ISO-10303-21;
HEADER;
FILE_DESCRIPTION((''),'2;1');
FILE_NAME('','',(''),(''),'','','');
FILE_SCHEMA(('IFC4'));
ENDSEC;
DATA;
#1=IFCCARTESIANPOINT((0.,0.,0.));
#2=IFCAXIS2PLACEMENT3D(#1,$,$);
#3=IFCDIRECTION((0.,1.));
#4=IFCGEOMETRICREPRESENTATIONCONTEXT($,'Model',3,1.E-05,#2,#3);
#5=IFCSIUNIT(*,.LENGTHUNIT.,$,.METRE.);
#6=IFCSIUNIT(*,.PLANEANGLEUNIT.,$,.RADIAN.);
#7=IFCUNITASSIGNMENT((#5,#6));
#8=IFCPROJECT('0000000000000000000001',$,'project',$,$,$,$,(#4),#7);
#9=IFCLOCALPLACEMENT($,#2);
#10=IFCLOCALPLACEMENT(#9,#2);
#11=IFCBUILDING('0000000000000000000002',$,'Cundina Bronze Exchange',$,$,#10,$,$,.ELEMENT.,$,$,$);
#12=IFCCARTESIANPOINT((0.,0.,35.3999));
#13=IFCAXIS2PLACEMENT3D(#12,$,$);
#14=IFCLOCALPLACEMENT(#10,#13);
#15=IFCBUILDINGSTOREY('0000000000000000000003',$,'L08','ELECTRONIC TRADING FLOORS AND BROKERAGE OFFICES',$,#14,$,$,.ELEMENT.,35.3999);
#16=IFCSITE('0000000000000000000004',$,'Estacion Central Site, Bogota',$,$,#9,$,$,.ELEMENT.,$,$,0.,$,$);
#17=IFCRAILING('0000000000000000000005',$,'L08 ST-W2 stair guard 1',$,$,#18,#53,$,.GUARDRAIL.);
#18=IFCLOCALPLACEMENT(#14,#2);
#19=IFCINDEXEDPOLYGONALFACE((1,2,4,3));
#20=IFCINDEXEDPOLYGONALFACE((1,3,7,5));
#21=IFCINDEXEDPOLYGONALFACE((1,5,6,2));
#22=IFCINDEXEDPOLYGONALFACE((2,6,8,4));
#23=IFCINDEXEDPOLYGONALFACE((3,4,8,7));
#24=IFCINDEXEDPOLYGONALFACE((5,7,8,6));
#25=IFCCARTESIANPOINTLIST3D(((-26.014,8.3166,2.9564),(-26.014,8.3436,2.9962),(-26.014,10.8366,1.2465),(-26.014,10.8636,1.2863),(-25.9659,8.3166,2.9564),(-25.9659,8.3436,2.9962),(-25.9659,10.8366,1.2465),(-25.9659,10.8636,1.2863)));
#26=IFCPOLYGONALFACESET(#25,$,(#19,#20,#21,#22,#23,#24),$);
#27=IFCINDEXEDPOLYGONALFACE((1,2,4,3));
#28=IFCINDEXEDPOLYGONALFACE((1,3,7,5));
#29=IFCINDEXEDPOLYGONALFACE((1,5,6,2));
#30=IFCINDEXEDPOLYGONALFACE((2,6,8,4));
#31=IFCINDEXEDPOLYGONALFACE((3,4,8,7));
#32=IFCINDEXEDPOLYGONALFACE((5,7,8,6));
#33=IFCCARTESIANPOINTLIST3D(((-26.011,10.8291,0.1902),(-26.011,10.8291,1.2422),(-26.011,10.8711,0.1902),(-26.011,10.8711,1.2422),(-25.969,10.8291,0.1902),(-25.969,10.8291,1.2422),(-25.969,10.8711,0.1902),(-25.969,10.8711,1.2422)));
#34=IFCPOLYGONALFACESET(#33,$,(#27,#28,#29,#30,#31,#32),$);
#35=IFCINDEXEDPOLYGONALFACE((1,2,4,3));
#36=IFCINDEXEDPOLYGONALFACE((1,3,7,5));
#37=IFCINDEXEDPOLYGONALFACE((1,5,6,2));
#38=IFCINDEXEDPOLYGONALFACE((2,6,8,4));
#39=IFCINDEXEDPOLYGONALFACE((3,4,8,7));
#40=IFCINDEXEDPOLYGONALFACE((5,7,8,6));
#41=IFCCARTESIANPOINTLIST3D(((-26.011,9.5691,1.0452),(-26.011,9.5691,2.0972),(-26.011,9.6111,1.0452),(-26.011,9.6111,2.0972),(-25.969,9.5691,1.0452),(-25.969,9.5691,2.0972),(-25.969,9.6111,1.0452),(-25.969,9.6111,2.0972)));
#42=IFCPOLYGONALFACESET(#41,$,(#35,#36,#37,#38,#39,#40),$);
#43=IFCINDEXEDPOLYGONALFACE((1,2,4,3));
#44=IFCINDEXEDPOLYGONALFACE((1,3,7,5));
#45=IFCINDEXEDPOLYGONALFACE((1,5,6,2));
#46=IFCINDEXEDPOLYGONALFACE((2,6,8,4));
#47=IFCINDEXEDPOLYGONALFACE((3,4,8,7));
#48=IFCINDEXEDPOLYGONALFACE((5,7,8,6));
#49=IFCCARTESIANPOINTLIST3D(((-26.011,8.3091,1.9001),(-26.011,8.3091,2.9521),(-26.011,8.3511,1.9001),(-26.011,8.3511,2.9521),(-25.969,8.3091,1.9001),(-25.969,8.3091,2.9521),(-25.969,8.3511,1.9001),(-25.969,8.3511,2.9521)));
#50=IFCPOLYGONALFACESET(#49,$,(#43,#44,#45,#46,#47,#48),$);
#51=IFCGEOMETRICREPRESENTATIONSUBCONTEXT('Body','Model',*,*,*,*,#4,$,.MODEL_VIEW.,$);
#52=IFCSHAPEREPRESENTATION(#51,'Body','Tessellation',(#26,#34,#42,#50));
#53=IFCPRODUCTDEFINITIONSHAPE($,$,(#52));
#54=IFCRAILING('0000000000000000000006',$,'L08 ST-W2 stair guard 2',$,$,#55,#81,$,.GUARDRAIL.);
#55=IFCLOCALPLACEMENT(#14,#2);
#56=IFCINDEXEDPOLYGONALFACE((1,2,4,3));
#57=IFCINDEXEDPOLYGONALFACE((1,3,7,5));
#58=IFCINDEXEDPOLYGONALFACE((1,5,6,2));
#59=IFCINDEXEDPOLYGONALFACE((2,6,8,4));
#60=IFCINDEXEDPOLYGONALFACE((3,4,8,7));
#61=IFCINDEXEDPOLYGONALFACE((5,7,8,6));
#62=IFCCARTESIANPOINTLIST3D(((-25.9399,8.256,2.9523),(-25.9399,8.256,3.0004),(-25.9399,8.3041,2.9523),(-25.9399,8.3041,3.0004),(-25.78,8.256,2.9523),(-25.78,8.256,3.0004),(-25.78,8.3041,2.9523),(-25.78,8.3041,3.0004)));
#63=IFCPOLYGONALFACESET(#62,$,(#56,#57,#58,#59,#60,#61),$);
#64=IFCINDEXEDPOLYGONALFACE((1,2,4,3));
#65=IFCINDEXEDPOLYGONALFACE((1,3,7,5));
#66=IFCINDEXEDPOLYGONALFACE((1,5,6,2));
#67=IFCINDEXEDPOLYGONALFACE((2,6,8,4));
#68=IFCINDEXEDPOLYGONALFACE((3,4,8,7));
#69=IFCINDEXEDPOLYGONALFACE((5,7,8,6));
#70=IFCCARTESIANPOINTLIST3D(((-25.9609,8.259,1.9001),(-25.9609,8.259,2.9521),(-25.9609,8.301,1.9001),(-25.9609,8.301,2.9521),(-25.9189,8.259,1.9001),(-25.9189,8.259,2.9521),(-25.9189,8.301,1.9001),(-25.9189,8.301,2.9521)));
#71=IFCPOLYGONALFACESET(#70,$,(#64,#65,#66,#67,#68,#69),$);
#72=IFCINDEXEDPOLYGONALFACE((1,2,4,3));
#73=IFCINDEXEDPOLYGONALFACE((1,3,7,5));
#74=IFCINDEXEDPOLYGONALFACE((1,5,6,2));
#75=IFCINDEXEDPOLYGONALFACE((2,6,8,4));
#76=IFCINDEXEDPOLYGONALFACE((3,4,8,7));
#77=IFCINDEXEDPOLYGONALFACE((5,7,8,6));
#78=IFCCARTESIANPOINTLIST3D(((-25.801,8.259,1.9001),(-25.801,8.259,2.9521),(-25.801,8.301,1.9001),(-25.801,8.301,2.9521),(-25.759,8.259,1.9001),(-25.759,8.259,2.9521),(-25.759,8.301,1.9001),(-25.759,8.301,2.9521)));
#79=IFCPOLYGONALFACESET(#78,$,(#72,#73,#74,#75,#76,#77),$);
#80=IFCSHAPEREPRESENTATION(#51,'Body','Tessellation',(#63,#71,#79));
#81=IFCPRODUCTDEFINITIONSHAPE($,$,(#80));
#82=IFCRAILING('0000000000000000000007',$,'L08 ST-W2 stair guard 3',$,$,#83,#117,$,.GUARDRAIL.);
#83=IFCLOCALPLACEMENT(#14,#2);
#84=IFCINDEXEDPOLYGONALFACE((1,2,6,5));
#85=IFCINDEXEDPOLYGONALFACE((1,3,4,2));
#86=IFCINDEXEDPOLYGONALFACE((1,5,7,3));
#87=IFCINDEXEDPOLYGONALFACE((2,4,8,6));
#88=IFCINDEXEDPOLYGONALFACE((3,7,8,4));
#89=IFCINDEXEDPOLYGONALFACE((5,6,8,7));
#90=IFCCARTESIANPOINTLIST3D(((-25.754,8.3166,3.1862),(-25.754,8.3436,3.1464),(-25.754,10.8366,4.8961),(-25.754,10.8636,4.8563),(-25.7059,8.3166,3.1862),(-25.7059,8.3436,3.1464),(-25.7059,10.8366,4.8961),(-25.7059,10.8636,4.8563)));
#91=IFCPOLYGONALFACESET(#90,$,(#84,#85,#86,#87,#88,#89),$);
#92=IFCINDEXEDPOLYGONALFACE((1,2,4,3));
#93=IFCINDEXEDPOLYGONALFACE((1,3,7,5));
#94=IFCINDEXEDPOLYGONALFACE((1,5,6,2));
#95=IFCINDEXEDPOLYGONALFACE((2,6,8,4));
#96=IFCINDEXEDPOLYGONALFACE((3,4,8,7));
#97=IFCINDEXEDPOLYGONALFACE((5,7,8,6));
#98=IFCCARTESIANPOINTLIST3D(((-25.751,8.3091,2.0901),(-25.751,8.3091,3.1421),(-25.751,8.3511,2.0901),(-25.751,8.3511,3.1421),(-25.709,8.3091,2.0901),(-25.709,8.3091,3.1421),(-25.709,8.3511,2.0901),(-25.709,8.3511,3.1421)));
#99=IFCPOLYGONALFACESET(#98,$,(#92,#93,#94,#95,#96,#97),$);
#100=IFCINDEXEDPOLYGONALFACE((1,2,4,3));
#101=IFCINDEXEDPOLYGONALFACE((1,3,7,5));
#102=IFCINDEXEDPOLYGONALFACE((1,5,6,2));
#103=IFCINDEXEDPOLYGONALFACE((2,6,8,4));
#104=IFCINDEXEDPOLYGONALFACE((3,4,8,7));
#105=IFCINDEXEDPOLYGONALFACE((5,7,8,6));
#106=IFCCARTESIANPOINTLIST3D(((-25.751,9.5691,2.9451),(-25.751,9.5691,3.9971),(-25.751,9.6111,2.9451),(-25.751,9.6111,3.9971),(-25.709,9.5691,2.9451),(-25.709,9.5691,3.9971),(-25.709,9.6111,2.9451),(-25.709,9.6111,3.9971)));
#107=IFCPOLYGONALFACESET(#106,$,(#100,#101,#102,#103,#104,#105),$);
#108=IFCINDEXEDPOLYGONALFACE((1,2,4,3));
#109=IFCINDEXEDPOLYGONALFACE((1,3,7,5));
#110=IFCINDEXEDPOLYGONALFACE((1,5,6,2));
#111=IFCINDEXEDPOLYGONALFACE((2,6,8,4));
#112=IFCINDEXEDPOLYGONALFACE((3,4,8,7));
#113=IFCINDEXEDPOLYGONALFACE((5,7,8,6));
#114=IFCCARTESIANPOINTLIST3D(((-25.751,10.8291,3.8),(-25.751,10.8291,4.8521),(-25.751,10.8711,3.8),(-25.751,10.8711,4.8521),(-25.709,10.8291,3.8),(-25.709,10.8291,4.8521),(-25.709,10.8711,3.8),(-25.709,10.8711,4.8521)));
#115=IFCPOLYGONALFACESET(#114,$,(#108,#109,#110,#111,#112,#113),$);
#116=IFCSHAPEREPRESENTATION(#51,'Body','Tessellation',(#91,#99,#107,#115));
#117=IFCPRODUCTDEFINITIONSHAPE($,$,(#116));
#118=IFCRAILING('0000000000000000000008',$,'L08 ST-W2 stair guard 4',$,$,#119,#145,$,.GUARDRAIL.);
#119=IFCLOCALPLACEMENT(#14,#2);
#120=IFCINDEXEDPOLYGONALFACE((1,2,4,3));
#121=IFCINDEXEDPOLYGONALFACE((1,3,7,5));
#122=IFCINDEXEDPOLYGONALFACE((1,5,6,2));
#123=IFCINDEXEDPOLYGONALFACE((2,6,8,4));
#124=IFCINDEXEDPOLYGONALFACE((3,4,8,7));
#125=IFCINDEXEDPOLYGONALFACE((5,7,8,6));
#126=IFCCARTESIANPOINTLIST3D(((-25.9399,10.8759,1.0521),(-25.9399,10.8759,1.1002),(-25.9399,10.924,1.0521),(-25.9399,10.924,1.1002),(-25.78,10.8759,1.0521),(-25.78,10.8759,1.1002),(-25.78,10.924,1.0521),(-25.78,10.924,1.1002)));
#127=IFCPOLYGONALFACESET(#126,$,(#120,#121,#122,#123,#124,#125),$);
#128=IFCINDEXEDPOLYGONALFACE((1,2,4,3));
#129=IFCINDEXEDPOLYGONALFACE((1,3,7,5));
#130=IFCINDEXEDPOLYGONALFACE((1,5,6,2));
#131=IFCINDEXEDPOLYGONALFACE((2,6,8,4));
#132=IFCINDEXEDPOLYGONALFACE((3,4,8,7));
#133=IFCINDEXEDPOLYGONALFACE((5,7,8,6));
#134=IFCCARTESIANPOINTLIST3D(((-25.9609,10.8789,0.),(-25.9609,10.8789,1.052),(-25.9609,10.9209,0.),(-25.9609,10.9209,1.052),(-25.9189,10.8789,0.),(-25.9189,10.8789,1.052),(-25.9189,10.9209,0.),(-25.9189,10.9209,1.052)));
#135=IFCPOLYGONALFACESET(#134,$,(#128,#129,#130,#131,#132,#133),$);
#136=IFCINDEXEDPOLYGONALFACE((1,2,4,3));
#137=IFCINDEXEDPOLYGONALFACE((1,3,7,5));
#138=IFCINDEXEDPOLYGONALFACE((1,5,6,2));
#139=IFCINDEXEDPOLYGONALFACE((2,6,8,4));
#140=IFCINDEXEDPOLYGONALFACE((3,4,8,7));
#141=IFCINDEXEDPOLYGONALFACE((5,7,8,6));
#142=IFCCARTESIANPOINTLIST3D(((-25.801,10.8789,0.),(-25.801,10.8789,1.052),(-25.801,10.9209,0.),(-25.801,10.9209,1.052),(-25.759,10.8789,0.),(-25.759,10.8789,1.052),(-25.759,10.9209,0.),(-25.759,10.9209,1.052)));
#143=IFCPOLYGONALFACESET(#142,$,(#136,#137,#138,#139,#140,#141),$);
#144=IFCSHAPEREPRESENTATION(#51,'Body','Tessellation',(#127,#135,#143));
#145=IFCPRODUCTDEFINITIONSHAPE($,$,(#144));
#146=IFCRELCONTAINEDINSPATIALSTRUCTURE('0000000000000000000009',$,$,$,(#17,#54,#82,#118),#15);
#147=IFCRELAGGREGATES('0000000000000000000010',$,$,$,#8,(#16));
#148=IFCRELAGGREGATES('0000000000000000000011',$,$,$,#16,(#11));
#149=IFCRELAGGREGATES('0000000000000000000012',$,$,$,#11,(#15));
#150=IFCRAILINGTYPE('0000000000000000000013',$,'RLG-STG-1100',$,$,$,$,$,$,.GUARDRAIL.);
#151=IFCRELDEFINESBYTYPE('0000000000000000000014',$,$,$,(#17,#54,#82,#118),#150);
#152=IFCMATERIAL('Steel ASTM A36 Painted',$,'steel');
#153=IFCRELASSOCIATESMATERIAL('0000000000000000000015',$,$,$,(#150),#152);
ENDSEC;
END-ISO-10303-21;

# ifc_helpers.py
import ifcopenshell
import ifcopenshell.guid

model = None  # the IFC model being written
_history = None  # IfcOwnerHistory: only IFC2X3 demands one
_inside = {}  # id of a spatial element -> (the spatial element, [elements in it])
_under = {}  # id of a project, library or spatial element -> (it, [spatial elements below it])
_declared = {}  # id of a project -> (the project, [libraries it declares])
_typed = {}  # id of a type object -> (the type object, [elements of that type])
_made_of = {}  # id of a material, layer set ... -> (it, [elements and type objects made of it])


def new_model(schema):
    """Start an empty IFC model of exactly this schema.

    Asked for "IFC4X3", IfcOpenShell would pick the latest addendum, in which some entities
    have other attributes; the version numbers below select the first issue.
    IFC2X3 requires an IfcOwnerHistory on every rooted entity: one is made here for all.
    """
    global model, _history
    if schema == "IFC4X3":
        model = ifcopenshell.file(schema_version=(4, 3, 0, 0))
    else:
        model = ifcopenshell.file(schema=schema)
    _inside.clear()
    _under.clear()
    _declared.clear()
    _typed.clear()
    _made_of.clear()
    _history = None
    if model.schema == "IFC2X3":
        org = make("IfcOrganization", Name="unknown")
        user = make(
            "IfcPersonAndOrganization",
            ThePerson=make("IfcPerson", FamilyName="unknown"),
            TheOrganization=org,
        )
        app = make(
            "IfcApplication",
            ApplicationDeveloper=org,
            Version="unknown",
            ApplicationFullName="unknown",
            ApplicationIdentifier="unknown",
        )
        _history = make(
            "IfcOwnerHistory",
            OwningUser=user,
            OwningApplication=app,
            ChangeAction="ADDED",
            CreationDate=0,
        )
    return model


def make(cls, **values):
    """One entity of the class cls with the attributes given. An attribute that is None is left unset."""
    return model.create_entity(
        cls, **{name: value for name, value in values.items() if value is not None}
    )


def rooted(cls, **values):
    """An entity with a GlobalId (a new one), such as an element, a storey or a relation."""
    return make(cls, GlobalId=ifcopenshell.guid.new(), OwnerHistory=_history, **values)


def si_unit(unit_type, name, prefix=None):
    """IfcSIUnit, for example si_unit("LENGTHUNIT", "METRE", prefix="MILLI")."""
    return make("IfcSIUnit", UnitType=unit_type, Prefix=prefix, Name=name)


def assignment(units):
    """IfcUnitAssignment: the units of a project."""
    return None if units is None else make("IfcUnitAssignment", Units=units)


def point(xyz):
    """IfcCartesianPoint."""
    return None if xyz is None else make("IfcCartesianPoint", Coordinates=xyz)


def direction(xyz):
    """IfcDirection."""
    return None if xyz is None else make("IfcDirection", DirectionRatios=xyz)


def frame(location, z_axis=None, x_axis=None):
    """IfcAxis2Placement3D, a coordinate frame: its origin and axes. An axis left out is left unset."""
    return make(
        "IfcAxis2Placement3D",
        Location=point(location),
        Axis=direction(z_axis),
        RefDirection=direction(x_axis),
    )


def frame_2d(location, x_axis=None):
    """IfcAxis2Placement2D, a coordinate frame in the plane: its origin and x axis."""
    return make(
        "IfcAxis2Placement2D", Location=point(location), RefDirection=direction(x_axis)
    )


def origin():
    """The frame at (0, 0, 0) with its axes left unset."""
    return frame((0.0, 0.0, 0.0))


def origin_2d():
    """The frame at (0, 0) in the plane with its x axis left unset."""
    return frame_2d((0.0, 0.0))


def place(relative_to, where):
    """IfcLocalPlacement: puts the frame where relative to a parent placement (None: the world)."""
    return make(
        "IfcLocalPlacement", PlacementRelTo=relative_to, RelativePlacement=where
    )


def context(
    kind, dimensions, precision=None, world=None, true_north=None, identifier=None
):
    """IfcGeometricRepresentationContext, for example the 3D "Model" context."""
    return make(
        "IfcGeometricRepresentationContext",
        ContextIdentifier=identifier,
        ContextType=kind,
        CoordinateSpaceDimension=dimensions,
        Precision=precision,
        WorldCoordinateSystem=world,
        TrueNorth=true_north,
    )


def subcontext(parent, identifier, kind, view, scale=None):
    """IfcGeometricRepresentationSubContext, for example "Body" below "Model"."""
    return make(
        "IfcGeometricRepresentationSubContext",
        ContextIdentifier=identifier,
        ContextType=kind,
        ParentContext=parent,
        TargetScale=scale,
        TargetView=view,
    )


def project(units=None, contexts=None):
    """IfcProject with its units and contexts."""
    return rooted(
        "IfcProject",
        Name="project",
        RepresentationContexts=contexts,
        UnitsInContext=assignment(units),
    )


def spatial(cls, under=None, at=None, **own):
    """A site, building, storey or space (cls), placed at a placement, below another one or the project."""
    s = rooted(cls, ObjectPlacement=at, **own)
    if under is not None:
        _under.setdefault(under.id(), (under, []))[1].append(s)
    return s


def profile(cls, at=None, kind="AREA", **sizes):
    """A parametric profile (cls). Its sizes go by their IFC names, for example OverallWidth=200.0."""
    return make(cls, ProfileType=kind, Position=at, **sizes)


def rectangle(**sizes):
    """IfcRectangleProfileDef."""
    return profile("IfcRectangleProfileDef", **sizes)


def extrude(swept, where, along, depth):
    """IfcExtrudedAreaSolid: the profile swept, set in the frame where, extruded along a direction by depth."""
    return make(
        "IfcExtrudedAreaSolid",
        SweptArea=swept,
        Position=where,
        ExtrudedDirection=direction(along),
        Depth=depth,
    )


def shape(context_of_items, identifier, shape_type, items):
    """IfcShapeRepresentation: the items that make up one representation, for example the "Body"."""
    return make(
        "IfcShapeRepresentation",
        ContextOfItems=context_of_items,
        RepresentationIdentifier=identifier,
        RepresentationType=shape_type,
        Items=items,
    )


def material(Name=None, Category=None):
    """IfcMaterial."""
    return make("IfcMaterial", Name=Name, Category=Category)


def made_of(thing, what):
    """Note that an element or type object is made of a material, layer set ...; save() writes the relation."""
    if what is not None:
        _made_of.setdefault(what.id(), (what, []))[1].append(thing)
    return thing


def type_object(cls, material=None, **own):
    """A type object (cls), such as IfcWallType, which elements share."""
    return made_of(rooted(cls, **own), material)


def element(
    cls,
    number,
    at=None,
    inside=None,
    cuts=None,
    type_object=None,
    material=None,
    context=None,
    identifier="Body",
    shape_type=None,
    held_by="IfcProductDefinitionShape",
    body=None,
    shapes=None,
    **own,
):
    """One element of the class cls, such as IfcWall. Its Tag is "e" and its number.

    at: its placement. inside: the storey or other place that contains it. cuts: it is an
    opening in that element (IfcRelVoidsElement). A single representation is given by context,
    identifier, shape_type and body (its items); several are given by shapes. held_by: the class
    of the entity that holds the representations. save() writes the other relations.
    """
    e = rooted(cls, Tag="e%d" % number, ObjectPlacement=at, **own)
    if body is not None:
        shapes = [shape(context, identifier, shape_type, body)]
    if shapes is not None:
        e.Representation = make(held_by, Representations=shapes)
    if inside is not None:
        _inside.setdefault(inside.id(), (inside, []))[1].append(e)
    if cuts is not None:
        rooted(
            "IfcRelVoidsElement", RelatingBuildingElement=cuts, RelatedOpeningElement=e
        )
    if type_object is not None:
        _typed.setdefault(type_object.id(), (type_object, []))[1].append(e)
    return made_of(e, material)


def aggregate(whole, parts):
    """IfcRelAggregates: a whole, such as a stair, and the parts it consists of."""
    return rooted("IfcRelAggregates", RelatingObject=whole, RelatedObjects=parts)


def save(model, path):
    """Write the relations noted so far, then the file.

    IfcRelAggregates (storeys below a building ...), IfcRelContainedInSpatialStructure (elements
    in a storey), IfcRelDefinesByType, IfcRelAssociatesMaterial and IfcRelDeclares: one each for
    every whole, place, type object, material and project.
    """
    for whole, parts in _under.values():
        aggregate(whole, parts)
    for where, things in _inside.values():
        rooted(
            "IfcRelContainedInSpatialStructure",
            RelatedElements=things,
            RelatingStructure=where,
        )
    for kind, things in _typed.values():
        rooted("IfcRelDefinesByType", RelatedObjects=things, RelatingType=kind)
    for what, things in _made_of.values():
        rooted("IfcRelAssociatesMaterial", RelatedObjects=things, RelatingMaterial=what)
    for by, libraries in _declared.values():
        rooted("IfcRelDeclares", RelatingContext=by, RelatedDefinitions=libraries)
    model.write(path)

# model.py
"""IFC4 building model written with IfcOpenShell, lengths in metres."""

from ifc_helpers import new_model, si_unit, direction, frame, origin, origin_2d, place, context, subcontext, project, spatial, rectangle, extrude, material, type_object, element, save


model = new_model("IFC4")

# Units and contexts
model_context = context("Model", 3, precision=1e-05, world=origin(), true_north=direction((0.0, 1.0)))
body_context = subcontext(model_context, "Body", "Model", "MODEL_VIEW")
ifc_project = project(units=[si_unit("LENGTHUNIT", "METRE"), si_unit("PLANEANGLEUNIT", "RADIAN")], contexts=[model_context])

# Site, building, storey
site_placement = place(None, origin())
site = spatial("IfcSite", under=ifc_project, at=site_placement, Name="Estacion Central Site, Bogota", CompositionType="ELEMENT", RefElevation=0.0)
building_placement = place(site_placement, origin())
building = spatial("IfcBuilding", under=site, at=building_placement, Name="Cundina Bronze Exchange", CompositionType="ELEMENT")
storey_placement = place(building_placement, frame((0.0, 0.0, 35.3999)))
storey = spatial("IfcBuildingStorey", under=building, at=storey_placement, Name="L08", Description="ELECTRONIC TRADING FLOORS AND BROKERAGE OFFICES", CompositionType="ELEMENT", Elevation=35.3999)

# Shared definitions
ifc_material_1 = material(Name="Steel ASTM A36 Painted", Category="steel")

# Railings
railing_type_1 = type_object("IfcRailingType", Name="RLG-STG-1100", PredefinedType="GUARDRAIL", material=ifc_material_1)
railing_1_placement = place(storey_placement, frame((-25.99, 10.8501, 0.1902)))
element("IfcRailing", 1, at=railing_1_placement, inside=storey, type_object=railing_type_1, Name="L08 ST-W2 stair guard 1", PredefinedType="GUARDRAIL", context=body_context, shape_type="SweptSolid", body=[
    extrude(rectangle(XDim=0.0481, YDim=0.0481, at=origin_2d()), frame((0.0, 0.0, 1.0762), z_axis=(0.0, -0.827484, 0.56149), x_axis=(1.0, 0.0, 0.0)), (0.0, 0.0, 1.0), 3.0454),
    extrude(rectangle(XDim=0.042, YDim=0.042, at=origin_2d()), origin(), (0.0, 0.0, 1.0), 1.052),
    extrude(rectangle(XDim=0.042, YDim=0.042, at=origin_2d()), frame((0.0, -1.26, 0.855)), (0.0, 0.0, 1.0), 1.052),
    extrude(rectangle(XDim=0.042, YDim=0.042, at=origin_2d()), frame((0.0, -2.52, 1.71)), (0.0, 0.0, 1.0), 1.052),
])
railing_2_placement = place(storey_placement, frame((-25.9399, 8.28, 1.9001)))
element("IfcRailing", 2, at=railing_2_placement, inside=storey, type_object=railing_type_1, Name="L08 ST-W2 stair guard 2", PredefinedType="GUARDRAIL", context=body_context, shape_type="SweptSolid", body=[
    extrude(rectangle(XDim=0.0481, YDim=0.0481, at=origin_2d()), frame((0.0, 0.0, 1.0762), z_axis=(1.0, 0.0, 0.0), x_axis=(0.0, 1.0, 0.0)), (0.0, 0.0, 1.0), 0.1599),
    extrude(rectangle(XDim=0.042, YDim=0.042, at=origin_2d()), origin(), (0.0, 0.0, 1.0), 1.052),
    extrude(rectangle(XDim=0.042, YDim=0.042, at=origin_2d()), frame((0.1599, 0.0, 0.0)), (0.0, 0.0, 1.0), 1.052),
])
railing_3_placement = place(storey_placement, frame((-25.73, 8.3301, 2.0901)))
element("IfcRailing", 3, at=railing_3_placement, inside=storey, type_object=railing_type_1, Name="L08 ST-W2 stair guard 3", PredefinedType="GUARDRAIL", context=body_context, shape_type="SweptSolid", body=[
    extrude(rectangle(XDim=0.0481, YDim=0.0481, at=origin_2d()), frame((0.0, 0.0, 1.0762), z_axis=(0.0, 0.827484, 0.56149), x_axis=(-1.0, 0.0, 0.0)), (0.0, 0.0, 1.0), 3.0454),
    extrude(rectangle(XDim=0.042, YDim=0.042, at=origin_2d()), origin(), (0.0, 0.0, 1.0), 1.052),
    extrude(rectangle(XDim=0.042, YDim=0.042, at=origin_2d()), frame((0.0, 1.26, 0.855)), (0.0, 0.0, 1.0), 1.052),
    extrude(rectangle(XDim=0.042, YDim=0.042, at=origin_2d()), frame((0.0, 2.52, 1.71)), (0.0, 0.0, 1.0), 1.052),
])
railing_4_placement = place(storey_placement, frame((-25.9399, 10.8999, 0.0)))
element("IfcRailing", 4, at=railing_4_placement, inside=storey, type_object=railing_type_1, Name="L08 ST-W2 stair guard 4", PredefinedType="GUARDRAIL", context=body_context, shape_type="SweptSolid", body=[
    extrude(rectangle(XDim=0.0481, YDim=0.0481, at=origin_2d()), frame((0.0, 0.0, 1.0762), z_axis=(1.0, 0.0, 0.0), x_axis=(0.0, 1.0, 0.0)), (0.0, 0.0, 1.0), 0.1599),
    extrude(rectangle(XDim=0.042, YDim=0.042, at=origin_2d()), origin(), (0.0, 0.0, 1.0), 1.052),
    extrude(rectangle(XDim=0.042, YDim=0.042, at=origin_2d()), frame((0.1599, 0.0, 0.0)), (0.0, 0.0, 1.0), 1.052),
])

save(model, "model.ifc")
